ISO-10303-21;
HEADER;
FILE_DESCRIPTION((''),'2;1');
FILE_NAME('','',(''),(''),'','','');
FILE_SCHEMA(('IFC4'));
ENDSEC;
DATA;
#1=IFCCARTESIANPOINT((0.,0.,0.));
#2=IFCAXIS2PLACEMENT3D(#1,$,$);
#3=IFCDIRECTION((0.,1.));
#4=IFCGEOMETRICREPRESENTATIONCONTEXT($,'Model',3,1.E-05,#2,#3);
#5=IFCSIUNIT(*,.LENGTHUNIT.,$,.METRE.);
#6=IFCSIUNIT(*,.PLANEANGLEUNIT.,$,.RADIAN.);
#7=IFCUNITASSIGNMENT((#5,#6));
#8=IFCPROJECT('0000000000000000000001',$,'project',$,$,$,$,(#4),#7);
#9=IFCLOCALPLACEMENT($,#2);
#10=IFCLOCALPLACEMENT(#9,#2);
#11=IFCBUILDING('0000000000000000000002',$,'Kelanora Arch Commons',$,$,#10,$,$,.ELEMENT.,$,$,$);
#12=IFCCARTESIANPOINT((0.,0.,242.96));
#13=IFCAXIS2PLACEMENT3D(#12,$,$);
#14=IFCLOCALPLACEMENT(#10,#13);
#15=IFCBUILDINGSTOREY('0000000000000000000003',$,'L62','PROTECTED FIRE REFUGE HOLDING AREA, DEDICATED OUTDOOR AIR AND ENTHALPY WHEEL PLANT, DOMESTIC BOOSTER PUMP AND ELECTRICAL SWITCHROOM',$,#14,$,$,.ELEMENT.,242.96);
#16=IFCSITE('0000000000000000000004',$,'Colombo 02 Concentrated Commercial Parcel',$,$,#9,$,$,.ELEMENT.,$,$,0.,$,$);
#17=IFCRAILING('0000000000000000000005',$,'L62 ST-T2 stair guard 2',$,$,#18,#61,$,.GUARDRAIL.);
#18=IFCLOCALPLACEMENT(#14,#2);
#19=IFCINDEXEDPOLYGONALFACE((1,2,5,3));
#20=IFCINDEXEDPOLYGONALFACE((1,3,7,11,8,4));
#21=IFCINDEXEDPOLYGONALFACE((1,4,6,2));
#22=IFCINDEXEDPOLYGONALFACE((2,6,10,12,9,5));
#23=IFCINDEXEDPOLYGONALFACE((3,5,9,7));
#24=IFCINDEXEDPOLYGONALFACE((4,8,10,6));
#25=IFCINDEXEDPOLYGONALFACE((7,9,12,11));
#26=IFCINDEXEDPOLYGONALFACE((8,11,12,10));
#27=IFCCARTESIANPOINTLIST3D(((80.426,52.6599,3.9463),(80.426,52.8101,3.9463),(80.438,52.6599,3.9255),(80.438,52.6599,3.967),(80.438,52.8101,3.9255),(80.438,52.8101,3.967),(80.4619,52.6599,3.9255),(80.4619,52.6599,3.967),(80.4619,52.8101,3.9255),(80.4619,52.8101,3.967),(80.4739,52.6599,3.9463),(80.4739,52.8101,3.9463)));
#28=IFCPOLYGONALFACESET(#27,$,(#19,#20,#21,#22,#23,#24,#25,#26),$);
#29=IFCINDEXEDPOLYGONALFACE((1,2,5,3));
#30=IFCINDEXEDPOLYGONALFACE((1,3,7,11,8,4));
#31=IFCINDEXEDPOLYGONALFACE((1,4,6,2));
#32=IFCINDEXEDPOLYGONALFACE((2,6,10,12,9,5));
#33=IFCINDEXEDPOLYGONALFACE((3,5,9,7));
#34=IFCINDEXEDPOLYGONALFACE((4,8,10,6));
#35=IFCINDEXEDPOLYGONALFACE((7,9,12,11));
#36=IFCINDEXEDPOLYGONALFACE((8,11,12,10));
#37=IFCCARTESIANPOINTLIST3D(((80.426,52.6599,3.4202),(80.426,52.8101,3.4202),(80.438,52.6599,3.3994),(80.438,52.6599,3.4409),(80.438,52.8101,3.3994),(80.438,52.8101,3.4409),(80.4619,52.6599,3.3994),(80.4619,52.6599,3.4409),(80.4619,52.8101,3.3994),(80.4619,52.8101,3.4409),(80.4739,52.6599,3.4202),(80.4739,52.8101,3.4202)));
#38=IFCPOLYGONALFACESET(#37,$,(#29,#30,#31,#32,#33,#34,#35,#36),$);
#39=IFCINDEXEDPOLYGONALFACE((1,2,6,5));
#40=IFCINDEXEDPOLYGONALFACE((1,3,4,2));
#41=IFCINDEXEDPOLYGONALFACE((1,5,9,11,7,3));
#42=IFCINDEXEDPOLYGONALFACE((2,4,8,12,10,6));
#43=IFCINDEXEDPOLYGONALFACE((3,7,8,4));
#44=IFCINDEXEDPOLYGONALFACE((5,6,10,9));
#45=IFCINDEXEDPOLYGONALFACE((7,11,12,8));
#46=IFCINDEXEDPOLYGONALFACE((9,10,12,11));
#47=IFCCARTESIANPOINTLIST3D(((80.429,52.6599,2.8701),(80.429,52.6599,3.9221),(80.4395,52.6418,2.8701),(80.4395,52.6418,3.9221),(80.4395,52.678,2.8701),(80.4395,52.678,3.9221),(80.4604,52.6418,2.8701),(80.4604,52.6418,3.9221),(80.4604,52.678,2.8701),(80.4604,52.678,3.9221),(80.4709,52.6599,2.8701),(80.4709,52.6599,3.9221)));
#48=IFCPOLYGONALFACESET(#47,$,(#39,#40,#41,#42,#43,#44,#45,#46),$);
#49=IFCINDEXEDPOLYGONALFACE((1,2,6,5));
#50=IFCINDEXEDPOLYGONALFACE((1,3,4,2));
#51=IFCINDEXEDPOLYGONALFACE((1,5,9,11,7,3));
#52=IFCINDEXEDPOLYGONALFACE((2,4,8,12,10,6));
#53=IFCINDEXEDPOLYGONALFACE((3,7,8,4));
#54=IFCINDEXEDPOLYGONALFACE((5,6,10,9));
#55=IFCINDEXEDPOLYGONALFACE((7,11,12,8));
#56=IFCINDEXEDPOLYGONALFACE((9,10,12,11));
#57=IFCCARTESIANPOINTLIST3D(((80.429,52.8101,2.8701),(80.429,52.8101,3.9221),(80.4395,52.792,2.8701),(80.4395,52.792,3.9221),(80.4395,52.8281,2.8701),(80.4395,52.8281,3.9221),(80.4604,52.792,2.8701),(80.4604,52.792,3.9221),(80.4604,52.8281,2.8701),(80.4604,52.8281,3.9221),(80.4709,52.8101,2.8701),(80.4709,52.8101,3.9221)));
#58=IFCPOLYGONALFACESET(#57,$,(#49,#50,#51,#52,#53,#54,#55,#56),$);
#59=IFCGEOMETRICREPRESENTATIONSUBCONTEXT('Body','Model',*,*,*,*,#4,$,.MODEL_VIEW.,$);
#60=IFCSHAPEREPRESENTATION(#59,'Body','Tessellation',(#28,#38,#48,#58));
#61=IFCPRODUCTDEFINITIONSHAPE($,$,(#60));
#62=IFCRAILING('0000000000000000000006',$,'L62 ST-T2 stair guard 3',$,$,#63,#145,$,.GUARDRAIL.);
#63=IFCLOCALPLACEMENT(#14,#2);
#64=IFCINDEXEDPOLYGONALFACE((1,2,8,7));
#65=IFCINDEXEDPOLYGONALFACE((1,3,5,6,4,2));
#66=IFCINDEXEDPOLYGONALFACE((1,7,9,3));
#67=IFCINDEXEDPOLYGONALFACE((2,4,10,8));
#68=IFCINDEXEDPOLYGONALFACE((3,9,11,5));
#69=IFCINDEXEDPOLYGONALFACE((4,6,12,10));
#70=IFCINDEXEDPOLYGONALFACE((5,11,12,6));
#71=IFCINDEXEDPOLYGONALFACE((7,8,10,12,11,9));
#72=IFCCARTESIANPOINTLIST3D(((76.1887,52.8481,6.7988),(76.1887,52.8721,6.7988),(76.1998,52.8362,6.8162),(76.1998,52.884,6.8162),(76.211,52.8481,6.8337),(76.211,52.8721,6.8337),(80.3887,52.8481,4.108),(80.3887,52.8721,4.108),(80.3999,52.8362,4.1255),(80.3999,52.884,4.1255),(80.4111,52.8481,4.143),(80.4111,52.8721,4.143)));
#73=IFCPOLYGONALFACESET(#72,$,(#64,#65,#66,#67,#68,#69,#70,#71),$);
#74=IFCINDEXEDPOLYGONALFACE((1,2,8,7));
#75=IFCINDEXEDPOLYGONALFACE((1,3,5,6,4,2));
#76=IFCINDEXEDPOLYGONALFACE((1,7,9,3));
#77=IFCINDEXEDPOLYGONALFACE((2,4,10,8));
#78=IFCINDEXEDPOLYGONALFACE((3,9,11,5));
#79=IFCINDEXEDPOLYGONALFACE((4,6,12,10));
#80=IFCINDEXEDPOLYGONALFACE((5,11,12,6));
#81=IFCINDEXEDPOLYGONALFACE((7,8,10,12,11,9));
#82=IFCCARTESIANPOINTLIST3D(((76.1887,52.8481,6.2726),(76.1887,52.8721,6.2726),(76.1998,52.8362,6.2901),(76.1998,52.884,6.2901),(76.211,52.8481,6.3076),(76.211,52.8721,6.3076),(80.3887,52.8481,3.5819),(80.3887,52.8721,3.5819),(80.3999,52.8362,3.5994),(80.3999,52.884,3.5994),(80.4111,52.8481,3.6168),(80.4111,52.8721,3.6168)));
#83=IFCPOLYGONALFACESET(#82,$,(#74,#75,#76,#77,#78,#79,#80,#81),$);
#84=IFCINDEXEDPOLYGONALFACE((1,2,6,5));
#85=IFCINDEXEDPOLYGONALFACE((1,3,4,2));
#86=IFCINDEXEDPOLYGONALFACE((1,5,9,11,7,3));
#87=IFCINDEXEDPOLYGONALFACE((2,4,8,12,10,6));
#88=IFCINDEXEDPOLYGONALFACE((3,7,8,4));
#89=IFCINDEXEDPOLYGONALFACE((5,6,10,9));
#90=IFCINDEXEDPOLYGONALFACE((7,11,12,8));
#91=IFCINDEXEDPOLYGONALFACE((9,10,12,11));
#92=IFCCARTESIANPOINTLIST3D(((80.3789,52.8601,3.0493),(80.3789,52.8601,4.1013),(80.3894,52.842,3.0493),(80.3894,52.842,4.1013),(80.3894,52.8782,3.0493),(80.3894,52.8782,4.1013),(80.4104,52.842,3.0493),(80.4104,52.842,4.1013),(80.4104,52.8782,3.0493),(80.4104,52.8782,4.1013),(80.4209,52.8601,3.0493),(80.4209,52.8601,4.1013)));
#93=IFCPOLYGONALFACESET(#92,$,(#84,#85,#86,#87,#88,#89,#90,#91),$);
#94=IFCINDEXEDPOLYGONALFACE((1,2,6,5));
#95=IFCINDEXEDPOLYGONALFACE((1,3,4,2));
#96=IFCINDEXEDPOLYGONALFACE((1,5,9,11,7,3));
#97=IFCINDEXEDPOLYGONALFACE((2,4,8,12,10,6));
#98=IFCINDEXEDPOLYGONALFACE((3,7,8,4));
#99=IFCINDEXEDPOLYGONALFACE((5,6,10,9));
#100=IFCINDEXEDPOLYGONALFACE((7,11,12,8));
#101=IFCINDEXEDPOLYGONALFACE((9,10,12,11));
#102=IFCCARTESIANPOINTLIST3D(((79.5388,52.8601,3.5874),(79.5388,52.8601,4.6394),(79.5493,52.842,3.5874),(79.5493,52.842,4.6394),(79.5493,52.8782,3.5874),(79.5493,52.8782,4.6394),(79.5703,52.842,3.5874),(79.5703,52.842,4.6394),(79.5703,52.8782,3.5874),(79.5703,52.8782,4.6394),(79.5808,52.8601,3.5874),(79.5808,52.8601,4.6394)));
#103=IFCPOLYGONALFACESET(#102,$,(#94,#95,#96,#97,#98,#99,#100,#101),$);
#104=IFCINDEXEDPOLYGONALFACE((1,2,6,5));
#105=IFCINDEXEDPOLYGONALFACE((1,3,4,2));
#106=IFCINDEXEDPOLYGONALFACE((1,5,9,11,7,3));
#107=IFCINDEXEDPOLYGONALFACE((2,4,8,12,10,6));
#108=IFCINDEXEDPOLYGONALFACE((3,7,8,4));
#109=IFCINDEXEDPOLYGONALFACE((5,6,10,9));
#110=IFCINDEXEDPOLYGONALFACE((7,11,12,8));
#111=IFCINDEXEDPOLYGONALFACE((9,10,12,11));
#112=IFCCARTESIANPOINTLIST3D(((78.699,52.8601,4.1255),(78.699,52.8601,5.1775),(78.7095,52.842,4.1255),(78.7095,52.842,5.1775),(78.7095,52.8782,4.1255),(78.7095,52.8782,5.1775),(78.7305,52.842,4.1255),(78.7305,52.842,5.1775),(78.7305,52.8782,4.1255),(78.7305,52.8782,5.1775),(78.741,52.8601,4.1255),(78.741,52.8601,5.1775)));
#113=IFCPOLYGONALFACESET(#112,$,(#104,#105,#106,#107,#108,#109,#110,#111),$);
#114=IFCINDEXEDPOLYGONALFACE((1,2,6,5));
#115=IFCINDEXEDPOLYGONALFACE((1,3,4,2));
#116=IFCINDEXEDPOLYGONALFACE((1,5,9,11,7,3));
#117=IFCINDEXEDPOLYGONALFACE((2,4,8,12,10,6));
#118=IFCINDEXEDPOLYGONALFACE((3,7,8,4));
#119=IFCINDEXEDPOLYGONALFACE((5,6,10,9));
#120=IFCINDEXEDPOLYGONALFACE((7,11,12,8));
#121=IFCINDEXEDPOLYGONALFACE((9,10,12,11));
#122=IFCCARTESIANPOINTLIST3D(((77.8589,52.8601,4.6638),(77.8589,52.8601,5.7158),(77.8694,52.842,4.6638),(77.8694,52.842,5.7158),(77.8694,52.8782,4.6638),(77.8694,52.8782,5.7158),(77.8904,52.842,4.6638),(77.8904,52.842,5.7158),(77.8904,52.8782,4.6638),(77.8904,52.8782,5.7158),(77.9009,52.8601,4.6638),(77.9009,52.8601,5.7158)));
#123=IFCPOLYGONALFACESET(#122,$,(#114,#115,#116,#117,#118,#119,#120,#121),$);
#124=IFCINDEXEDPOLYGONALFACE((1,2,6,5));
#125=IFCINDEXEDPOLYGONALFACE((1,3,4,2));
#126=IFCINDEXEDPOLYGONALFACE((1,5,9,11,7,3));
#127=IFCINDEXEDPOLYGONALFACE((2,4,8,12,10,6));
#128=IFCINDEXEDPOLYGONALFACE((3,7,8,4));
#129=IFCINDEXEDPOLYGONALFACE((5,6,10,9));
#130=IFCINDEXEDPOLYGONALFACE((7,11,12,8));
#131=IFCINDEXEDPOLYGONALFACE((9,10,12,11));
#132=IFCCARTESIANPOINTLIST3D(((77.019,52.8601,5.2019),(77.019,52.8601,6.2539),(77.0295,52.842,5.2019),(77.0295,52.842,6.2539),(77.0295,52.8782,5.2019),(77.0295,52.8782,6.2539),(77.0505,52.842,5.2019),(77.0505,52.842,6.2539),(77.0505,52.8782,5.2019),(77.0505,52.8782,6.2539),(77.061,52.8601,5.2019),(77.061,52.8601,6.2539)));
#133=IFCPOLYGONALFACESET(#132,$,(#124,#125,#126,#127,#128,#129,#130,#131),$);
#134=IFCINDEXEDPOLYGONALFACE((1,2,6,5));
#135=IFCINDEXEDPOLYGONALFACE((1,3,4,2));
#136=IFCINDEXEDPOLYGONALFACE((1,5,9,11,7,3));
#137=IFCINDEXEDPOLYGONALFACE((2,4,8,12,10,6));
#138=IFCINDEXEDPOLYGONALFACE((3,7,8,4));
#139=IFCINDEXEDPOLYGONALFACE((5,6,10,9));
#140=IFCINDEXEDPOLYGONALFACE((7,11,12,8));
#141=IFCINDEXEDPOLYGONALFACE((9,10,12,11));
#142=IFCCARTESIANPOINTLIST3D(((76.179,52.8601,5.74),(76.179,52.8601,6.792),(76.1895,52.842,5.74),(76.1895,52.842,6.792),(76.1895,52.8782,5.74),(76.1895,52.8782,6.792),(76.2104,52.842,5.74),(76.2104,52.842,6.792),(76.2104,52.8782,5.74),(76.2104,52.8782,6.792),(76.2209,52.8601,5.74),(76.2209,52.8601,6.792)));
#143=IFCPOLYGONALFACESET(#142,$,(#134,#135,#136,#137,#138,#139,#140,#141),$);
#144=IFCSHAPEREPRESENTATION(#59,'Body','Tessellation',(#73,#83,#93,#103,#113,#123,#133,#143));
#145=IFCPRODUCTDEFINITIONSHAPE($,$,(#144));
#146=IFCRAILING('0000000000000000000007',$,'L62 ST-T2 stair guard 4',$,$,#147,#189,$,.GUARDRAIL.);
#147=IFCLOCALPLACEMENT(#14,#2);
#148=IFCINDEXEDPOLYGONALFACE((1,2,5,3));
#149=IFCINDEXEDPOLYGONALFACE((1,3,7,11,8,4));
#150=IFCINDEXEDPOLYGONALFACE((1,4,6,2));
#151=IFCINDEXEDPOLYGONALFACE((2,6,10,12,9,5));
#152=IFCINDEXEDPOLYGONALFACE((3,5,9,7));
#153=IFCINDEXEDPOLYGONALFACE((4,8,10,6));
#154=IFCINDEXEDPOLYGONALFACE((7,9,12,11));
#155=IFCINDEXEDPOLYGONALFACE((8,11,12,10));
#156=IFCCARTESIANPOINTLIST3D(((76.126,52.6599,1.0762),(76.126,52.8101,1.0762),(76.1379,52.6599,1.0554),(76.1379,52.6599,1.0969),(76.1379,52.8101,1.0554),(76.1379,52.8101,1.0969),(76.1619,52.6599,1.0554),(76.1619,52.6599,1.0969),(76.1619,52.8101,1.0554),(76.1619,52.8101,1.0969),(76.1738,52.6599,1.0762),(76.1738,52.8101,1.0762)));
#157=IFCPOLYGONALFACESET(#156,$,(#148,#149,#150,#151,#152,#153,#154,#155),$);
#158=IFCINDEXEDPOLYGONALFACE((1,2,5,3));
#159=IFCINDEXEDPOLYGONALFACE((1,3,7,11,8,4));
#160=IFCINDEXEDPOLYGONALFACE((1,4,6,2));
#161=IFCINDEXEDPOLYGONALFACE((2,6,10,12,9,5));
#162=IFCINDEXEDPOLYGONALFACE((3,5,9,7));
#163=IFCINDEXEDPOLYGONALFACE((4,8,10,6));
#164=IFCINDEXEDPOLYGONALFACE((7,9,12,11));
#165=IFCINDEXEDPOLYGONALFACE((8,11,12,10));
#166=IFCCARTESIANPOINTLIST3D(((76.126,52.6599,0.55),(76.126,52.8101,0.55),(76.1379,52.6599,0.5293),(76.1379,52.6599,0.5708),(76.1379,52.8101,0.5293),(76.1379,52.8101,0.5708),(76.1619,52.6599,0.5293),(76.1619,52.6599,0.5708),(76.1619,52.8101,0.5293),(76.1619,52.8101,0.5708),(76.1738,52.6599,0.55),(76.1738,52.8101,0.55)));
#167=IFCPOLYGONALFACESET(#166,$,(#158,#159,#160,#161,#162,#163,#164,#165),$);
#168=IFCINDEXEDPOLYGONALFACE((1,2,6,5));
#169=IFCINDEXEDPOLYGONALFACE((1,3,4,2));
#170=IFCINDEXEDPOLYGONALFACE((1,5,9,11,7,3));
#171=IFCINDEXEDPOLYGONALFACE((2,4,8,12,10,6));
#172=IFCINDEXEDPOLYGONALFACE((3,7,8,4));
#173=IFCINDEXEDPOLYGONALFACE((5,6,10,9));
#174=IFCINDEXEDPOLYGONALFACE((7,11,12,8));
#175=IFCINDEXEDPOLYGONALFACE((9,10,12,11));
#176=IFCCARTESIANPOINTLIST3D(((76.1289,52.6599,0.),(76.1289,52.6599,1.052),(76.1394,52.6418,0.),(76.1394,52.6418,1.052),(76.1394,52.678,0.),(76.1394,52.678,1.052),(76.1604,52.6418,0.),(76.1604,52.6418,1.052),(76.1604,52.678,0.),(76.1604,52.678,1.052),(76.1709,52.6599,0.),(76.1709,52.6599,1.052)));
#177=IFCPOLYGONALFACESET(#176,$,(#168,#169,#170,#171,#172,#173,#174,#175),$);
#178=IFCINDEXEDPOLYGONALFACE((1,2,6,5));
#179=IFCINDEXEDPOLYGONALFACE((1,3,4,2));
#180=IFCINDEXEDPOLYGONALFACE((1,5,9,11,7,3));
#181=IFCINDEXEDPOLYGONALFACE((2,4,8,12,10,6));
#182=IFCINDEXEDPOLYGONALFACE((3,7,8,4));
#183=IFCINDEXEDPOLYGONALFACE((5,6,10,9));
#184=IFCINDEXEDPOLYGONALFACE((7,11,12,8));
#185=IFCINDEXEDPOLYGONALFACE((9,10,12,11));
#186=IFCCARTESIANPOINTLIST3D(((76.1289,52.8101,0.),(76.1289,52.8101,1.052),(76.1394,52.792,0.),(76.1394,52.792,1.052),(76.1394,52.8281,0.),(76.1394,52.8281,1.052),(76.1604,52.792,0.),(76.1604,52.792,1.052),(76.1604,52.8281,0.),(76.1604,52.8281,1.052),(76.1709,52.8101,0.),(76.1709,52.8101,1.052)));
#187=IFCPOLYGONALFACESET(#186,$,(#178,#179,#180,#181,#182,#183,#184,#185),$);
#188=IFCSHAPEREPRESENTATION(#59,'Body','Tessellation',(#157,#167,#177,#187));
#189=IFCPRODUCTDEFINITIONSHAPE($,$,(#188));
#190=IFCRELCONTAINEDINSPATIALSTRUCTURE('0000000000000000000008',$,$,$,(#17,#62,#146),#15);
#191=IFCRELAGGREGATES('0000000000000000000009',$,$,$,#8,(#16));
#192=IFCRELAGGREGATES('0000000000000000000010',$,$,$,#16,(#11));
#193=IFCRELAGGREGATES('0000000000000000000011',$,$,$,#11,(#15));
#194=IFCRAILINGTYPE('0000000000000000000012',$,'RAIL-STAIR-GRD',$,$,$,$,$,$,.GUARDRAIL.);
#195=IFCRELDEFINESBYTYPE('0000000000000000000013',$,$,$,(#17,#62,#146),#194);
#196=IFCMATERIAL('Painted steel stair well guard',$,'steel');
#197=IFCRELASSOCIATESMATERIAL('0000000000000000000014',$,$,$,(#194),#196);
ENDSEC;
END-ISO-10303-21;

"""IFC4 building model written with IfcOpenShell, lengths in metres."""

from ifc_helpers import new_model, si_unit, direction, frame, origin, place, context, subcontext, project, spatial, polyline, outline, extrude, material, type_object, element, save


model = new_model("IFC4")

# Units and contexts
model_context = context("Model", 3, precision=1e-05, world=origin(), true_north=direction((0.0, 1.0)))
body_context = subcontext(model_context, "Body", "Model", "MODEL_VIEW")
ifc_project = project(units=[si_unit("LENGTHUNIT", "METRE"), si_unit("PLANEANGLEUNIT", "RADIAN")], contexts=[model_context])

# Site, building, storey
site_placement = place(None, origin())
site = spatial("IfcSite", under=ifc_project, at=site_placement, Name="Colombo 02 Concentrated Commercial Parcel", CompositionType="ELEMENT", RefElevation=0.0)
building_placement = place(site_placement, origin())
building = spatial("IfcBuilding", under=site, at=building_placement, Name="Kelanora Arch Commons", CompositionType="ELEMENT")
storey_placement = place(building_placement, frame((0.0, 0.0, 242.96)))
storey = spatial("IfcBuildingStorey", under=building, at=storey_placement, Name="L62", Description="PROTECTED FIRE REFUGE HOLDING AREA, DEDICATED OUTDOOR AIR AND ENTHALPY WHEEL PLANT, DOMESTIC BOOSTER PUMP AND ELECTRICAL SWITCHROOM", CompositionType="ELEMENT", Elevation=242.96)

# Railings
ifc_material_1 = material(Name="Painted steel stair well guard", Category="steel")
railing_type_1 = type_object("IfcRailingType", Name="RAIL-STAIR-GRD", PredefinedType="GUARDRAIL", material=ifc_material_1)
railing_1_placement = place(storey_placement, frame((80.45, 52.6599, 2.8701)))
element("IfcRailing", 1, at=railing_1_placement, inside=storey, type_object=railing_type_1, Name="L62 ST-T2 stair guard 2", PredefinedType="GUARDRAIL", context=body_context, shape_type="SweptSolid", body=[
    extrude(outline(polyline([(0.0239, 0.0), (0.012, 0.0208), (-0.012, 0.0208), (-0.0239, 0.0), (-0.012, -0.0208), (0.012, -0.0208), (0.0239, 0.0)])), frame((0.0, 0.0, 1.0762), z_axis=(0.0, 1.0, 0.0), x_axis=(-1.0, 0.0, 0.0)), (0.0, 0.0, 1.0), 0.1501),
    extrude(outline(polyline([(0.0239, 0.0), (0.012, 0.0208), (-0.012, 0.0208), (-0.0239, 0.0), (-0.012, -0.0208), (0.012, -0.0208), (0.0239, 0.0)])), frame((0.0, 0.0, 0.55), z_axis=(0.0, 1.0, 0.0), x_axis=(-1.0, 0.0, 0.0)), (0.0, 0.0, 1.0), 0.1501),
    extrude(outline(polyline([(0.021, 0.0), (0.0105, 0.0181), (-0.0105, 0.0181), (-0.021, 0.0), (-0.0105, -0.0181), (0.0105, -0.0181), (0.021, 0.0)])), origin(), (0.0, 0.0, 1.0), 1.052),
    extrude(outline(polyline([(0.021, 0.0), (0.0105, 0.0181), (-0.0105, 0.0181), (-0.021, 0.0), (-0.0105, -0.0181), (0.0105, -0.0181), (0.021, 0.0)])), frame((0.0, 0.1501, 0.0)), (0.0, 0.0, 1.0), 1.052),
])
railing_2_placement = place(storey_placement, frame((80.3999, 52.8601, 3.0493)))
element("IfcRailing", 2, at=railing_2_placement, inside=storey, type_object=railing_type_1, Name="L62 ST-T2 stair guard 3", PredefinedType="GUARDRAIL", context=body_context, shape_type="SweptSolid", body=[
    extrude(outline(polyline([(0.0239, 0.0), (0.012, 0.0208), (-0.012, 0.0208), (-0.0239, 0.0), (-0.012, -0.0208), (0.012, -0.0208), (0.0239, 0.0)])), frame((0.0, 0.0, 1.0762), z_axis=(-0.842025, 0.0, 0.539438), x_axis=(0.0, -1.0, 0.0)), (0.0, 0.0, 1.0), 4.988),
    extrude(outline(polyline([(0.0239, 0.0), (0.012, 0.0208), (-0.012, 0.0208), (-0.0239, 0.0), (-0.012, -0.0208), (0.012, -0.0208), (0.0239, 0.0)])), frame((0.0, 0.0, 0.55), z_axis=(-0.842025, 0.0, 0.539438), x_axis=(0.0, -1.0, 0.0)), (0.0, 0.0, 1.0), 4.988),
    extrude(outline(polyline([(0.021, 0.0), (0.0105, 0.0181), (-0.0105, 0.0181), (-0.021, 0.0), (-0.0105, -0.0181), (0.0105, -0.0181), (0.021, 0.0)])), origin(), (0.0, 0.0, 1.0), 1.052),
    extrude(outline(polyline([(0.021, 0.0), (0.0105, 0.0181), (-0.0105, 0.0181), (-0.021, 0.0), (-0.0105, -0.0181), (0.0105, -0.0181), (0.021, 0.0)])), frame((-0.8401, 0.0, 0.5381)), (0.0, 0.0, 1.0), 1.052),
    extrude(outline(polyline([(0.021, 0.0), (0.0105, 0.0181), (-0.0105, 0.0181), (-0.021, 0.0), (-0.0105, -0.0181), (0.0105, -0.0181), (0.021, 0.0)])), frame((-1.6799, 0.0, 1.0762)), (0.0, 0.0, 1.0), 1.052),
    extrude(outline(polyline([(0.021, 0.0), (0.0105, 0.0181), (-0.0105, 0.0181), (-0.021, 0.0), (-0.0105, -0.0181), (0.0105, -0.0181), (0.021, 0.0)])), frame((-2.52, 0.0, 1.6145)), (0.0, 0.0, 1.0), 1.052),
    extrude(outline(polyline([(0.021, 0.0), (0.0105, 0.0181), (-0.0105, 0.0181), (-0.021, 0.0), (-0.0105, -0.0181), (0.0105, -0.0181), (0.021, 0.0)])), frame((-3.3599, 0.0, 2.1526)), (0.0, 0.0, 1.0), 1.052),
    extrude(outline(polyline([(0.021, 0.0), (0.0105, 0.0181), (-0.0105, 0.0181), (-0.021, 0.0), (-0.0105, -0.0181), (0.0105, -0.0181), (0.021, 0.0)])), frame((-4.2, 0.0, 2.6907)), (0.0, 0.0, 1.0), 1.052),
])
railing_3_placement = place(storey_placement, frame((76.1499, 52.6599, 0.0)))
element("IfcRailing", 3, at=railing_3_placement, inside=storey, type_object=railing_type_1, Name="L62 ST-T2 stair guard 4", PredefinedType="GUARDRAIL", context=body_context, shape_type="SweptSolid", body=[
    extrude(outline(polyline([(0.0239, 0.0), (0.012, 0.0208), (-0.012, 0.0208), (-0.0239, 0.0), (-0.012, -0.0208), (0.012, -0.0208), (0.0239, 0.0)])), frame((0.0, 0.0, 1.0762), z_axis=(0.0, 1.0, 0.0), x_axis=(-1.0, 0.0, 0.0)), (0.0, 0.0, 1.0), 0.1501),
    extrude(outline(polyline([(0.0239, 0.0), (0.012, 0.0208), (-0.012, 0.0208), (-0.0239, 0.0), (-0.012, -0.0208), (0.012, -0.0208), (0.0239, 0.0)])), frame((0.0, 0.0, 0.55), z_axis=(0.0, 1.0, 0.0), x_axis=(-1.0, 0.0, 0.0)), (0.0, 0.0, 1.0), 0.1501),
    extrude(outline(polyline([(0.021, 0.0), (0.0105, 0.0181), (-0.0105, 0.0181), (-0.021, 0.0), (-0.0105, -0.0181), (0.0105, -0.0181), (0.021, 0.0)])), origin(), (0.0, 0.0, 1.0), 1.052),
    extrude(outline(polyline([(0.021, 0.0), (0.0105, 0.0181), (-0.0105, 0.0181), (-0.021, 0.0), (-0.0105, -0.0181), (0.0105, -0.0181), (0.021, 0.0)])), frame((0.0, 0.1501, 0.0)), (0.0, 0.0, 1.0), 1.052),
])

save(model, "model.ifc")
